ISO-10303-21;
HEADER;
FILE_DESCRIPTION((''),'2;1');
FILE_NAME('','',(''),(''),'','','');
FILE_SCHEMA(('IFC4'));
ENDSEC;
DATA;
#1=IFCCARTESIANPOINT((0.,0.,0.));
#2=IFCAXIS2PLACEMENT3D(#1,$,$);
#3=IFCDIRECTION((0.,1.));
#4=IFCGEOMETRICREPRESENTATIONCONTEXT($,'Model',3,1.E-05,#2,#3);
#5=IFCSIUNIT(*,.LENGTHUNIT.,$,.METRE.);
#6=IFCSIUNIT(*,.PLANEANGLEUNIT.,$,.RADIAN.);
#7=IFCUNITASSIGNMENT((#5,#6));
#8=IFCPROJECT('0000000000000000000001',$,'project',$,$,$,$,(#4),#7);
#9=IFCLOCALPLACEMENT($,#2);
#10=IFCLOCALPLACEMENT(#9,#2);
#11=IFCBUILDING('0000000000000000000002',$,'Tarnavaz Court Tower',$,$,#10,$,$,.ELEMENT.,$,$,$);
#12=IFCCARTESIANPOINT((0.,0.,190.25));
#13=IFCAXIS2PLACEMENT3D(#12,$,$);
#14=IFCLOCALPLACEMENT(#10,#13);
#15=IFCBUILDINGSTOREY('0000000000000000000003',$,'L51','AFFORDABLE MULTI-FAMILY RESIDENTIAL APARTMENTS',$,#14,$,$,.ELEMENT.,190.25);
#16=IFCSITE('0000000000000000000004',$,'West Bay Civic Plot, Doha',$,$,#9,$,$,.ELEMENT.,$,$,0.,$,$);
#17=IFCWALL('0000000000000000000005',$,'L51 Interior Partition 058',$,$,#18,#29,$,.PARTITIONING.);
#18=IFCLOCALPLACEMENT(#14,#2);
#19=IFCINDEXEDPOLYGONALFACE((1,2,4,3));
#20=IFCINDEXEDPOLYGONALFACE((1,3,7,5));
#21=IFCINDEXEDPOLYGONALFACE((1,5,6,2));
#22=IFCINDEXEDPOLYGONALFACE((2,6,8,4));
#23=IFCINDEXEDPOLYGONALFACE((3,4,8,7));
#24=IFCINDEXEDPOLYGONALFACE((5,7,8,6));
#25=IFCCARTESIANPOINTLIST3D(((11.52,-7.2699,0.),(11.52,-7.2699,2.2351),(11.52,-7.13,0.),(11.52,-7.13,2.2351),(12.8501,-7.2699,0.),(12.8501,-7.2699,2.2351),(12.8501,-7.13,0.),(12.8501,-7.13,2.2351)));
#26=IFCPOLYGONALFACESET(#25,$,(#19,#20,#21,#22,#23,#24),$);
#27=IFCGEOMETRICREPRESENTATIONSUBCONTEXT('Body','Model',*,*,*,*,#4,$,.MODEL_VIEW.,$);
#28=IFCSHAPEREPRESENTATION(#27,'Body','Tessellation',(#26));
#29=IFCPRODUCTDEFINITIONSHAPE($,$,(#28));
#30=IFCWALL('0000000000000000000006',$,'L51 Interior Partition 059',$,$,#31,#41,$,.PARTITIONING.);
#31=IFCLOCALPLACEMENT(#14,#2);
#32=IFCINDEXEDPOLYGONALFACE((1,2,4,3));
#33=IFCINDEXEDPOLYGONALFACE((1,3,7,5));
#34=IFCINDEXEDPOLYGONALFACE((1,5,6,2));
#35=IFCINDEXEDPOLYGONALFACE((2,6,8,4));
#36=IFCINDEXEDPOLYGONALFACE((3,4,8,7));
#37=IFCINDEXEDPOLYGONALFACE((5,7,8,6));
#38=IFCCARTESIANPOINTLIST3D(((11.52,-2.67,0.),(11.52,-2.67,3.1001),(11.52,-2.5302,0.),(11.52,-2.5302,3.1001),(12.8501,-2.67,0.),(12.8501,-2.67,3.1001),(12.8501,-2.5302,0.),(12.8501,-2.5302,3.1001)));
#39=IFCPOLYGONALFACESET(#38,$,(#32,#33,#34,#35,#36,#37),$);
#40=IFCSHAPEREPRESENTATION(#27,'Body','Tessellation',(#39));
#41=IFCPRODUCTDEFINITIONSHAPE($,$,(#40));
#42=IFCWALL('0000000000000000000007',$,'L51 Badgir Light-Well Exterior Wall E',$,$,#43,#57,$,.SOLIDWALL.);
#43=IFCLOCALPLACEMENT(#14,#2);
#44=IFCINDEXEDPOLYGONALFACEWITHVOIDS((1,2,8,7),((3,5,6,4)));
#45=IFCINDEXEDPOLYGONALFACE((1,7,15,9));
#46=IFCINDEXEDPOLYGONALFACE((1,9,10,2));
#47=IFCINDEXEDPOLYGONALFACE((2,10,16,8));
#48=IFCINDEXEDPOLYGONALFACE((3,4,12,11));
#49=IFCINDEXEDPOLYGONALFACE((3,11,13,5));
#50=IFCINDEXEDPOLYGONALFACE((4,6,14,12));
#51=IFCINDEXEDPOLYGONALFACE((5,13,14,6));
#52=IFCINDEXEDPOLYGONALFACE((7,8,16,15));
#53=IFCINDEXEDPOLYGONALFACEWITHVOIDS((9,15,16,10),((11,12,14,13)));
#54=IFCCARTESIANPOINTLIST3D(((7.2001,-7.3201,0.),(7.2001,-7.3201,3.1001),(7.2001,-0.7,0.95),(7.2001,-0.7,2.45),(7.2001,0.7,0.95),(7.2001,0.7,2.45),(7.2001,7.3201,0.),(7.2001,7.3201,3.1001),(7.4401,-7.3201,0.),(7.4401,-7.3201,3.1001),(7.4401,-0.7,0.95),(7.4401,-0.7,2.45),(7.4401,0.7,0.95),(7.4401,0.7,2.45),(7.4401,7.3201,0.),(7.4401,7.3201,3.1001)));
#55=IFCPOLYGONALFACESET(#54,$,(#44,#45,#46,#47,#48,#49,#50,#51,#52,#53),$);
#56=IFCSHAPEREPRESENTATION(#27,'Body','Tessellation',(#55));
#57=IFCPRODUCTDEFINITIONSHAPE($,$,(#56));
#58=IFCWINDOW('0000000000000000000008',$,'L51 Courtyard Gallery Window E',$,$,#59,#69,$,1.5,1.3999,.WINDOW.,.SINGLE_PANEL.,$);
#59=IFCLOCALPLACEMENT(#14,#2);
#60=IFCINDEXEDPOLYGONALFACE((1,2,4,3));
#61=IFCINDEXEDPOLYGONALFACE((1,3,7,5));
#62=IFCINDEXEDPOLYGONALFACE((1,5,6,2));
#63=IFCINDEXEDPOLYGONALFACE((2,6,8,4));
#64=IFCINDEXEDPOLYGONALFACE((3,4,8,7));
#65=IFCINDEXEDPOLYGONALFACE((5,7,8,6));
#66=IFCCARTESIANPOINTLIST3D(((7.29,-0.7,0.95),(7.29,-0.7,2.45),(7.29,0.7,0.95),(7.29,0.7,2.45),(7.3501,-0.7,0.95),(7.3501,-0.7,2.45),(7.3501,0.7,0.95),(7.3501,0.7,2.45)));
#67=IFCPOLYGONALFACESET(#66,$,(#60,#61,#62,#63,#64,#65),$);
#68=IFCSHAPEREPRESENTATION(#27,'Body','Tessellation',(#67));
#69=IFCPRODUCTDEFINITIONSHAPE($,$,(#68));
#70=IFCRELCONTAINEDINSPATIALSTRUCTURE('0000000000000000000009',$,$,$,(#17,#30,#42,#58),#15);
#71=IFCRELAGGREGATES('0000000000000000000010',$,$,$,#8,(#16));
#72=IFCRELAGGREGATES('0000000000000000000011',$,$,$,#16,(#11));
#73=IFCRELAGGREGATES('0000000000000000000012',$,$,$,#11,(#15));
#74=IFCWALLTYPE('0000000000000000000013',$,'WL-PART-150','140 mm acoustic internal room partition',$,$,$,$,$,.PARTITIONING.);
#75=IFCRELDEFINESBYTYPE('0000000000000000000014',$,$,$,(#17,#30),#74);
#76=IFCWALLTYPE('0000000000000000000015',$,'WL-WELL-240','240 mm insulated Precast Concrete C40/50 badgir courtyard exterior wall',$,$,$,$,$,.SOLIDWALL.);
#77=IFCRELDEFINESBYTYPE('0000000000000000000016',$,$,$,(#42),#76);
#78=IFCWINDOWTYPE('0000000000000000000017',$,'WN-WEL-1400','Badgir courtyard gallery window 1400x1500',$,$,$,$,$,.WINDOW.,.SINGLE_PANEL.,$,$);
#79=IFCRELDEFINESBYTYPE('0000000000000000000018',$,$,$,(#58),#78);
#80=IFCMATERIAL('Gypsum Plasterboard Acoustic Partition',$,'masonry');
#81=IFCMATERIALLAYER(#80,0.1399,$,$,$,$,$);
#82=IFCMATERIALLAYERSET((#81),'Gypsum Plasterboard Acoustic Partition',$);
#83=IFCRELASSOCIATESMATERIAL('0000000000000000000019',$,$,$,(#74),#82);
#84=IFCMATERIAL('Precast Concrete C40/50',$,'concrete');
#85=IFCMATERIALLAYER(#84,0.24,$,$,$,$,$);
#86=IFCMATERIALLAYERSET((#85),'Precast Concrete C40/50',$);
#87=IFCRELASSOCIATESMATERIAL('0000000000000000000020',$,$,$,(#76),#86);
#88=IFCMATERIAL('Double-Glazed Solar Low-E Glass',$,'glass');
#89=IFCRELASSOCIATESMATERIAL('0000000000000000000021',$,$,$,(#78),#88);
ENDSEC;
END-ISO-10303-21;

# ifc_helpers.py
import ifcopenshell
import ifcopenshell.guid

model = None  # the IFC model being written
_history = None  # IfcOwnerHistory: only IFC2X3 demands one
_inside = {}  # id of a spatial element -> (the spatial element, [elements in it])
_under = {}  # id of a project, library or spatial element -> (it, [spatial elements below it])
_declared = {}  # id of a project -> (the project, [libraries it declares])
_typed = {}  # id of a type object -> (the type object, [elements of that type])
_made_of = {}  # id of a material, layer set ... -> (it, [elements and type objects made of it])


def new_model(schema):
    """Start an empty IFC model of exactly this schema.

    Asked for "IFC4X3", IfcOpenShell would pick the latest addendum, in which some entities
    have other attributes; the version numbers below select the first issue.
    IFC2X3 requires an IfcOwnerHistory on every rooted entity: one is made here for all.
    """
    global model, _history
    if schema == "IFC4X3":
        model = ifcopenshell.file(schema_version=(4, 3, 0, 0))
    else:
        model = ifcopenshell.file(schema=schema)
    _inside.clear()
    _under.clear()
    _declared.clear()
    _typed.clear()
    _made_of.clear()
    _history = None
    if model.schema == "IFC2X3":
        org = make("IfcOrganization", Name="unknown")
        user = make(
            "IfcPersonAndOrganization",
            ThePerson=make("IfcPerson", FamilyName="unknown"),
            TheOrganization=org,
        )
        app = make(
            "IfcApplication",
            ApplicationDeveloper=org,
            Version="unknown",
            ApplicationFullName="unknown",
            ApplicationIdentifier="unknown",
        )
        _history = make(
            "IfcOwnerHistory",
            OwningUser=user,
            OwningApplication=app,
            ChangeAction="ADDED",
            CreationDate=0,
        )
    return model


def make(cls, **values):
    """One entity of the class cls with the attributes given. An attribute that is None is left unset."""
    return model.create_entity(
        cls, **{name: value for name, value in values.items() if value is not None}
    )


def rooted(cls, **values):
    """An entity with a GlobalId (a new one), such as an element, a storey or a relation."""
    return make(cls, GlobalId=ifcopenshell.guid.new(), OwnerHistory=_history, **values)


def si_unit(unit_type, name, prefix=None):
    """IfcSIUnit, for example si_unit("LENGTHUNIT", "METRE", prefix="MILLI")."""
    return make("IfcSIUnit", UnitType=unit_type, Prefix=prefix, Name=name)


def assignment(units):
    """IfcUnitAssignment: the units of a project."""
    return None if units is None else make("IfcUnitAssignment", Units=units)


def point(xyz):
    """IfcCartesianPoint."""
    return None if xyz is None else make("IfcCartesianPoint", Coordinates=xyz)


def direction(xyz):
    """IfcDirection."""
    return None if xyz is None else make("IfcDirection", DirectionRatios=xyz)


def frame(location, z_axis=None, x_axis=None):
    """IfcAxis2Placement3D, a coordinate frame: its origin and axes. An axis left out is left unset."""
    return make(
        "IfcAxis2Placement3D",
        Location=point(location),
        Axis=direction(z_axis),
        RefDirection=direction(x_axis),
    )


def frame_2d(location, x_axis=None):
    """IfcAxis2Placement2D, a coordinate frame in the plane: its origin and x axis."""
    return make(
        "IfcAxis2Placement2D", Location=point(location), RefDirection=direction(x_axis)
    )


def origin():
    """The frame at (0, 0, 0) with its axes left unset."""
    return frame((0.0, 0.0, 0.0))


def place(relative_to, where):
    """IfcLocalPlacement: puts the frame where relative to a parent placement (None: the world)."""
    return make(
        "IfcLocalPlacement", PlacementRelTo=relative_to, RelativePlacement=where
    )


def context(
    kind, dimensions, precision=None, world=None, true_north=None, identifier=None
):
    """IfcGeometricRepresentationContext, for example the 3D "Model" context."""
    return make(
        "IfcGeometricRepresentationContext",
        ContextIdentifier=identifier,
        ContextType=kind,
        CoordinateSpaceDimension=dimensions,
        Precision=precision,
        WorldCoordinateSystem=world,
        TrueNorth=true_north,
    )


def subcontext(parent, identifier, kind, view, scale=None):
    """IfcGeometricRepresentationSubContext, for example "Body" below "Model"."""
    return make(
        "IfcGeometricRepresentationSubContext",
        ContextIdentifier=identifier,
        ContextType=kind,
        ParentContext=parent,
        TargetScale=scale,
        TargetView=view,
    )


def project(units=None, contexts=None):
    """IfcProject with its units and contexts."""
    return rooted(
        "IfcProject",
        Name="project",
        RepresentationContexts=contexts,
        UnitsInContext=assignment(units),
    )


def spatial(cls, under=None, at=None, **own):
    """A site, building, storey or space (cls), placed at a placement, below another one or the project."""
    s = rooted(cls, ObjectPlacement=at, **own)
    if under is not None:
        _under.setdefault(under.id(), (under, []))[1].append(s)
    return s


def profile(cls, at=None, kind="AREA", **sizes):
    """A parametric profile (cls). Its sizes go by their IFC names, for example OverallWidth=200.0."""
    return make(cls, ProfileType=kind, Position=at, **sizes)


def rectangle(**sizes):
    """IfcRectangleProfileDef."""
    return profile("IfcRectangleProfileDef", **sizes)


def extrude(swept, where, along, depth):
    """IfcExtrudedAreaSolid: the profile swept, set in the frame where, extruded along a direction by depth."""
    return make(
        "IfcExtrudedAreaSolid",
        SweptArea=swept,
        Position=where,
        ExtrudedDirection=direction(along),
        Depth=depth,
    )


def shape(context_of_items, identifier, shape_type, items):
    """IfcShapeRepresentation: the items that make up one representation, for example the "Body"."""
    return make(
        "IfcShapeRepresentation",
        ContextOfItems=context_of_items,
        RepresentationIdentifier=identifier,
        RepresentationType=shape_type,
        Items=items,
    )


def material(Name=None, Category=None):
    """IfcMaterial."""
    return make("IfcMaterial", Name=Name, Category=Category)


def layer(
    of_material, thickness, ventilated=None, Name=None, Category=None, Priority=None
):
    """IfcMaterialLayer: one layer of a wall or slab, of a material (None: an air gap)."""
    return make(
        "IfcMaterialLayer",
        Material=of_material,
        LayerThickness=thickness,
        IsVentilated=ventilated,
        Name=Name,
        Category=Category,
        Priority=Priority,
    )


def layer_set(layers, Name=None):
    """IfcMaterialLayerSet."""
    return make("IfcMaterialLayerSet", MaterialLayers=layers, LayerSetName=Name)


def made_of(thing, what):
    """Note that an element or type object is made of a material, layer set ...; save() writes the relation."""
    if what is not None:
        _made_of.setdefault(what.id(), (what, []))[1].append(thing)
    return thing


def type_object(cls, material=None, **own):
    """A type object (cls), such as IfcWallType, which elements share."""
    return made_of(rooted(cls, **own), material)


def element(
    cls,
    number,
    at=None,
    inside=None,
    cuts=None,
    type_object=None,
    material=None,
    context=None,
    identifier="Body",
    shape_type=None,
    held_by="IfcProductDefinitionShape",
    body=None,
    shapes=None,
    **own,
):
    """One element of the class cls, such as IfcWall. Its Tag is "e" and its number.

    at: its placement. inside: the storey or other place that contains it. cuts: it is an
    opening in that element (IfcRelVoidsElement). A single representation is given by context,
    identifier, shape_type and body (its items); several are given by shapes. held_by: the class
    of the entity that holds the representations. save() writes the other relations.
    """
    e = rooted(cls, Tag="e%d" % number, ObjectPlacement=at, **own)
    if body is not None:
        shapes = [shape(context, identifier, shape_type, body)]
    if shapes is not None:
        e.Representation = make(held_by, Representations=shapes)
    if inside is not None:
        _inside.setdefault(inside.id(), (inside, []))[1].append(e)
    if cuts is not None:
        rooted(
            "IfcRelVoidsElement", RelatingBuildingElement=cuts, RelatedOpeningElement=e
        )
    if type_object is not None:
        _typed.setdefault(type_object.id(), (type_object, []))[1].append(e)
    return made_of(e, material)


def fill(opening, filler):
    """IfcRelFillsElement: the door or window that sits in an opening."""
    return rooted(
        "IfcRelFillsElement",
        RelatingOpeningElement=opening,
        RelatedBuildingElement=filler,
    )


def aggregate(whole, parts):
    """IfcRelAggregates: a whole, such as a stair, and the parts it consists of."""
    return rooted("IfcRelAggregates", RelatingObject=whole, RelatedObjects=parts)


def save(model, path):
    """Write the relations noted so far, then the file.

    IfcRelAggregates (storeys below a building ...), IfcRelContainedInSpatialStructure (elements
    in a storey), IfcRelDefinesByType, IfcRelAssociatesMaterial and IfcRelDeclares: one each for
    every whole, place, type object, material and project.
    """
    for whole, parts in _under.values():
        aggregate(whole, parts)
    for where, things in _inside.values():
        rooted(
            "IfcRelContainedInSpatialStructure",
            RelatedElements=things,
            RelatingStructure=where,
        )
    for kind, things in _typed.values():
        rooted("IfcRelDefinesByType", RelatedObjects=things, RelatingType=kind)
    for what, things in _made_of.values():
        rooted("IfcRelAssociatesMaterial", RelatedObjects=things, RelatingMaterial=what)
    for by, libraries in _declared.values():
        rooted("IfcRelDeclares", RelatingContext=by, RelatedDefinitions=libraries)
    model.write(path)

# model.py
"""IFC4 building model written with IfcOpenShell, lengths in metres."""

from ifc_helpers import new_model, si_unit, direction, frame, frame_2d, origin, place, context, subcontext, project, spatial, rectangle, extrude, material, layer, layer_set, type_object, element, fill, save


model = new_model("IFC4")

# Units and contexts
model_context = context("Model", 3, precision=1e-05, world=origin(), true_north=direction((0.0, 1.0)))
body_context = subcontext(model_context, "Body", "Model", "MODEL_VIEW")
ifc_project = project(units=[si_unit("LENGTHUNIT", "METRE"), si_unit("PLANEANGLEUNIT", "RADIAN")], contexts=[model_context])

# Site, building, storey
site_placement = place(None, origin())
site = spatial("IfcSite", under=ifc_project, at=site_placement, Name="West Bay Civic Plot, Doha", CompositionType="ELEMENT", RefElevation=0.0)
building_placement = place(site_placement, origin())
building = spatial("IfcBuilding", under=site, at=building_placement, Name="Tarnavaz Court Tower", CompositionType="ELEMENT")
storey_placement = place(building_placement, frame((0.0, 0.0, 190.25)))
storey = spatial("IfcBuildingStorey", under=building, at=storey_placement, Name="L51", Description="AFFORDABLE MULTI-FAMILY RESIDENTIAL APARTMENTS", CompositionType="ELEMENT", Elevation=190.25)

# Shared definitions
ifc_material_1 = material(Name="Gypsum Plasterboard Acoustic Partition", Category="masonry")
ifc_layer_1 = layer(ifc_material_1, 0.1399)
ifc_layer_set_1 = layer_set([ifc_layer_1], Name="Gypsum Plasterboard Acoustic Partition")
wall_type_1 = type_object("IfcWallType", Name="WL-PART-150", Description="140 mm acoustic internal room partition", PredefinedType="PARTITIONING", material=ifc_layer_set_1)

# Walls
wall_1_placement = place(storey_placement, frame((11.52, -7.2, 0.0), z_axis=(0.0, 0.0, 1.0), x_axis=(1.0, 0.0, 0.0)))
element("IfcWall", 1, at=wall_1_placement, inside=storey, type_object=wall_type_1, Name="L51 Interior Partition 058", PredefinedType="PARTITIONING", context=body_context, shape_type="SweptSolid", body=[
    extrude(rectangle(XDim=1.3301, YDim=0.1399, at=frame_2d((0.665, 0.0))), origin(), (0.0, 0.0, 1.0), 2.2351),
])
wall_2_placement = place(storey_placement, frame((11.52, -2.6001, 0.0), z_axis=(0.0, 0.0, 1.0), x_axis=(1.0, 0.0, 0.0)))
element("IfcWall", 2, at=wall_2_placement, inside=storey, type_object=wall_type_1, Name="L51 Interior Partition 059", PredefinedType="PARTITIONING", context=body_context, shape_type="SweptSolid", body=[
    extrude(rectangle(XDim=1.3301, YDim=0.1399, at=frame_2d((0.665, 0.0))), origin(), (0.0, 0.0, 1.0), 3.1001),
])

# Wall, opening, window
ifc_material_2 = material(Name="Precast Concrete C40/50", Category="concrete")
ifc_layer_2 = layer(ifc_material_2, 0.24)
ifc_layer_set_2 = layer_set([ifc_layer_2], Name="Precast Concrete C40/50")
wall_type_2 = type_object("IfcWallType", Name="WL-WELL-240", Description="240 mm insulated Precast Concrete C40/50 badgir courtyard exterior wall", PredefinedType="SOLIDWALL", material=ifc_layer_set_2)
wall_3_placement = place(storey_placement, frame((7.3201, -7.3201, 0.0), z_axis=(0.0, 0.0, 1.0), x_axis=(0.0, 1.0, 0.0)))
wall_3 = element("IfcWall", 3, at=wall_3_placement, inside=storey, type_object=wall_type_2, Name="L51 Badgir Light-Well Exterior Wall E", PredefinedType="SOLIDWALL", context=body_context, shape_type="SweptSolid", body=[
    extrude(rectangle(XDim=14.6401, YDim=0.24, at=frame_2d((7.3201, 0.0))), origin(), (0.0, 0.0, 1.0), 3.1001),
])
opening_1_placement = place(wall_3_placement, frame((6.6201, 0.0, 0.95)))
opening_1 = element("IfcOpeningElement", 4, at=opening_1_placement, cuts=wall_3, PredefinedType="OPENING", context=body_context, shape_type="SweptSolid", body=[
    extrude(rectangle(XDim=1.3999, YDim=1.5, at=frame_2d((0.7, 0.75))), frame((0.0, 0.1299, 0.0), z_axis=(0.0, -1.0, 0.0), x_axis=(1.0, 0.0, 0.0)), (0.0, 0.0, 1.0), 0.26),
])
ifc_material_3 = material(Name="Double-Glazed Solar Low-E Glass", Category="glass")
window_type = type_object("IfcWindowType", Name="WN-WEL-1400", Description="Badgir courtyard gallery window 1400x1500", PartitioningType="SINGLE_PANEL", PredefinedType="WINDOW", material=ifc_material_3)
window_placement = place(opening_1_placement, origin())
window = element("IfcWindow", 5, at=window_placement, inside=storey, type_object=window_type, Name="L51 Courtyard Gallery Window E", OverallHeight=1.5, OverallWidth=1.3999, PartitioningType="SINGLE_PANEL", PredefinedType="WINDOW", context=body_context, shape_type="SweptSolid", body=[
    extrude(rectangle(XDim=1.3999, YDim=1.5, at=frame_2d((0.7, 0.75))), frame((0.0, 0.03, 0.0), z_axis=(0.0, -1.0, 0.0), x_axis=(1.0, 0.0, 0.0)), (0.0, 0.0, 1.0), 0.0601),
])
fill(opening_1, window)

save(model, "model.ifc")
